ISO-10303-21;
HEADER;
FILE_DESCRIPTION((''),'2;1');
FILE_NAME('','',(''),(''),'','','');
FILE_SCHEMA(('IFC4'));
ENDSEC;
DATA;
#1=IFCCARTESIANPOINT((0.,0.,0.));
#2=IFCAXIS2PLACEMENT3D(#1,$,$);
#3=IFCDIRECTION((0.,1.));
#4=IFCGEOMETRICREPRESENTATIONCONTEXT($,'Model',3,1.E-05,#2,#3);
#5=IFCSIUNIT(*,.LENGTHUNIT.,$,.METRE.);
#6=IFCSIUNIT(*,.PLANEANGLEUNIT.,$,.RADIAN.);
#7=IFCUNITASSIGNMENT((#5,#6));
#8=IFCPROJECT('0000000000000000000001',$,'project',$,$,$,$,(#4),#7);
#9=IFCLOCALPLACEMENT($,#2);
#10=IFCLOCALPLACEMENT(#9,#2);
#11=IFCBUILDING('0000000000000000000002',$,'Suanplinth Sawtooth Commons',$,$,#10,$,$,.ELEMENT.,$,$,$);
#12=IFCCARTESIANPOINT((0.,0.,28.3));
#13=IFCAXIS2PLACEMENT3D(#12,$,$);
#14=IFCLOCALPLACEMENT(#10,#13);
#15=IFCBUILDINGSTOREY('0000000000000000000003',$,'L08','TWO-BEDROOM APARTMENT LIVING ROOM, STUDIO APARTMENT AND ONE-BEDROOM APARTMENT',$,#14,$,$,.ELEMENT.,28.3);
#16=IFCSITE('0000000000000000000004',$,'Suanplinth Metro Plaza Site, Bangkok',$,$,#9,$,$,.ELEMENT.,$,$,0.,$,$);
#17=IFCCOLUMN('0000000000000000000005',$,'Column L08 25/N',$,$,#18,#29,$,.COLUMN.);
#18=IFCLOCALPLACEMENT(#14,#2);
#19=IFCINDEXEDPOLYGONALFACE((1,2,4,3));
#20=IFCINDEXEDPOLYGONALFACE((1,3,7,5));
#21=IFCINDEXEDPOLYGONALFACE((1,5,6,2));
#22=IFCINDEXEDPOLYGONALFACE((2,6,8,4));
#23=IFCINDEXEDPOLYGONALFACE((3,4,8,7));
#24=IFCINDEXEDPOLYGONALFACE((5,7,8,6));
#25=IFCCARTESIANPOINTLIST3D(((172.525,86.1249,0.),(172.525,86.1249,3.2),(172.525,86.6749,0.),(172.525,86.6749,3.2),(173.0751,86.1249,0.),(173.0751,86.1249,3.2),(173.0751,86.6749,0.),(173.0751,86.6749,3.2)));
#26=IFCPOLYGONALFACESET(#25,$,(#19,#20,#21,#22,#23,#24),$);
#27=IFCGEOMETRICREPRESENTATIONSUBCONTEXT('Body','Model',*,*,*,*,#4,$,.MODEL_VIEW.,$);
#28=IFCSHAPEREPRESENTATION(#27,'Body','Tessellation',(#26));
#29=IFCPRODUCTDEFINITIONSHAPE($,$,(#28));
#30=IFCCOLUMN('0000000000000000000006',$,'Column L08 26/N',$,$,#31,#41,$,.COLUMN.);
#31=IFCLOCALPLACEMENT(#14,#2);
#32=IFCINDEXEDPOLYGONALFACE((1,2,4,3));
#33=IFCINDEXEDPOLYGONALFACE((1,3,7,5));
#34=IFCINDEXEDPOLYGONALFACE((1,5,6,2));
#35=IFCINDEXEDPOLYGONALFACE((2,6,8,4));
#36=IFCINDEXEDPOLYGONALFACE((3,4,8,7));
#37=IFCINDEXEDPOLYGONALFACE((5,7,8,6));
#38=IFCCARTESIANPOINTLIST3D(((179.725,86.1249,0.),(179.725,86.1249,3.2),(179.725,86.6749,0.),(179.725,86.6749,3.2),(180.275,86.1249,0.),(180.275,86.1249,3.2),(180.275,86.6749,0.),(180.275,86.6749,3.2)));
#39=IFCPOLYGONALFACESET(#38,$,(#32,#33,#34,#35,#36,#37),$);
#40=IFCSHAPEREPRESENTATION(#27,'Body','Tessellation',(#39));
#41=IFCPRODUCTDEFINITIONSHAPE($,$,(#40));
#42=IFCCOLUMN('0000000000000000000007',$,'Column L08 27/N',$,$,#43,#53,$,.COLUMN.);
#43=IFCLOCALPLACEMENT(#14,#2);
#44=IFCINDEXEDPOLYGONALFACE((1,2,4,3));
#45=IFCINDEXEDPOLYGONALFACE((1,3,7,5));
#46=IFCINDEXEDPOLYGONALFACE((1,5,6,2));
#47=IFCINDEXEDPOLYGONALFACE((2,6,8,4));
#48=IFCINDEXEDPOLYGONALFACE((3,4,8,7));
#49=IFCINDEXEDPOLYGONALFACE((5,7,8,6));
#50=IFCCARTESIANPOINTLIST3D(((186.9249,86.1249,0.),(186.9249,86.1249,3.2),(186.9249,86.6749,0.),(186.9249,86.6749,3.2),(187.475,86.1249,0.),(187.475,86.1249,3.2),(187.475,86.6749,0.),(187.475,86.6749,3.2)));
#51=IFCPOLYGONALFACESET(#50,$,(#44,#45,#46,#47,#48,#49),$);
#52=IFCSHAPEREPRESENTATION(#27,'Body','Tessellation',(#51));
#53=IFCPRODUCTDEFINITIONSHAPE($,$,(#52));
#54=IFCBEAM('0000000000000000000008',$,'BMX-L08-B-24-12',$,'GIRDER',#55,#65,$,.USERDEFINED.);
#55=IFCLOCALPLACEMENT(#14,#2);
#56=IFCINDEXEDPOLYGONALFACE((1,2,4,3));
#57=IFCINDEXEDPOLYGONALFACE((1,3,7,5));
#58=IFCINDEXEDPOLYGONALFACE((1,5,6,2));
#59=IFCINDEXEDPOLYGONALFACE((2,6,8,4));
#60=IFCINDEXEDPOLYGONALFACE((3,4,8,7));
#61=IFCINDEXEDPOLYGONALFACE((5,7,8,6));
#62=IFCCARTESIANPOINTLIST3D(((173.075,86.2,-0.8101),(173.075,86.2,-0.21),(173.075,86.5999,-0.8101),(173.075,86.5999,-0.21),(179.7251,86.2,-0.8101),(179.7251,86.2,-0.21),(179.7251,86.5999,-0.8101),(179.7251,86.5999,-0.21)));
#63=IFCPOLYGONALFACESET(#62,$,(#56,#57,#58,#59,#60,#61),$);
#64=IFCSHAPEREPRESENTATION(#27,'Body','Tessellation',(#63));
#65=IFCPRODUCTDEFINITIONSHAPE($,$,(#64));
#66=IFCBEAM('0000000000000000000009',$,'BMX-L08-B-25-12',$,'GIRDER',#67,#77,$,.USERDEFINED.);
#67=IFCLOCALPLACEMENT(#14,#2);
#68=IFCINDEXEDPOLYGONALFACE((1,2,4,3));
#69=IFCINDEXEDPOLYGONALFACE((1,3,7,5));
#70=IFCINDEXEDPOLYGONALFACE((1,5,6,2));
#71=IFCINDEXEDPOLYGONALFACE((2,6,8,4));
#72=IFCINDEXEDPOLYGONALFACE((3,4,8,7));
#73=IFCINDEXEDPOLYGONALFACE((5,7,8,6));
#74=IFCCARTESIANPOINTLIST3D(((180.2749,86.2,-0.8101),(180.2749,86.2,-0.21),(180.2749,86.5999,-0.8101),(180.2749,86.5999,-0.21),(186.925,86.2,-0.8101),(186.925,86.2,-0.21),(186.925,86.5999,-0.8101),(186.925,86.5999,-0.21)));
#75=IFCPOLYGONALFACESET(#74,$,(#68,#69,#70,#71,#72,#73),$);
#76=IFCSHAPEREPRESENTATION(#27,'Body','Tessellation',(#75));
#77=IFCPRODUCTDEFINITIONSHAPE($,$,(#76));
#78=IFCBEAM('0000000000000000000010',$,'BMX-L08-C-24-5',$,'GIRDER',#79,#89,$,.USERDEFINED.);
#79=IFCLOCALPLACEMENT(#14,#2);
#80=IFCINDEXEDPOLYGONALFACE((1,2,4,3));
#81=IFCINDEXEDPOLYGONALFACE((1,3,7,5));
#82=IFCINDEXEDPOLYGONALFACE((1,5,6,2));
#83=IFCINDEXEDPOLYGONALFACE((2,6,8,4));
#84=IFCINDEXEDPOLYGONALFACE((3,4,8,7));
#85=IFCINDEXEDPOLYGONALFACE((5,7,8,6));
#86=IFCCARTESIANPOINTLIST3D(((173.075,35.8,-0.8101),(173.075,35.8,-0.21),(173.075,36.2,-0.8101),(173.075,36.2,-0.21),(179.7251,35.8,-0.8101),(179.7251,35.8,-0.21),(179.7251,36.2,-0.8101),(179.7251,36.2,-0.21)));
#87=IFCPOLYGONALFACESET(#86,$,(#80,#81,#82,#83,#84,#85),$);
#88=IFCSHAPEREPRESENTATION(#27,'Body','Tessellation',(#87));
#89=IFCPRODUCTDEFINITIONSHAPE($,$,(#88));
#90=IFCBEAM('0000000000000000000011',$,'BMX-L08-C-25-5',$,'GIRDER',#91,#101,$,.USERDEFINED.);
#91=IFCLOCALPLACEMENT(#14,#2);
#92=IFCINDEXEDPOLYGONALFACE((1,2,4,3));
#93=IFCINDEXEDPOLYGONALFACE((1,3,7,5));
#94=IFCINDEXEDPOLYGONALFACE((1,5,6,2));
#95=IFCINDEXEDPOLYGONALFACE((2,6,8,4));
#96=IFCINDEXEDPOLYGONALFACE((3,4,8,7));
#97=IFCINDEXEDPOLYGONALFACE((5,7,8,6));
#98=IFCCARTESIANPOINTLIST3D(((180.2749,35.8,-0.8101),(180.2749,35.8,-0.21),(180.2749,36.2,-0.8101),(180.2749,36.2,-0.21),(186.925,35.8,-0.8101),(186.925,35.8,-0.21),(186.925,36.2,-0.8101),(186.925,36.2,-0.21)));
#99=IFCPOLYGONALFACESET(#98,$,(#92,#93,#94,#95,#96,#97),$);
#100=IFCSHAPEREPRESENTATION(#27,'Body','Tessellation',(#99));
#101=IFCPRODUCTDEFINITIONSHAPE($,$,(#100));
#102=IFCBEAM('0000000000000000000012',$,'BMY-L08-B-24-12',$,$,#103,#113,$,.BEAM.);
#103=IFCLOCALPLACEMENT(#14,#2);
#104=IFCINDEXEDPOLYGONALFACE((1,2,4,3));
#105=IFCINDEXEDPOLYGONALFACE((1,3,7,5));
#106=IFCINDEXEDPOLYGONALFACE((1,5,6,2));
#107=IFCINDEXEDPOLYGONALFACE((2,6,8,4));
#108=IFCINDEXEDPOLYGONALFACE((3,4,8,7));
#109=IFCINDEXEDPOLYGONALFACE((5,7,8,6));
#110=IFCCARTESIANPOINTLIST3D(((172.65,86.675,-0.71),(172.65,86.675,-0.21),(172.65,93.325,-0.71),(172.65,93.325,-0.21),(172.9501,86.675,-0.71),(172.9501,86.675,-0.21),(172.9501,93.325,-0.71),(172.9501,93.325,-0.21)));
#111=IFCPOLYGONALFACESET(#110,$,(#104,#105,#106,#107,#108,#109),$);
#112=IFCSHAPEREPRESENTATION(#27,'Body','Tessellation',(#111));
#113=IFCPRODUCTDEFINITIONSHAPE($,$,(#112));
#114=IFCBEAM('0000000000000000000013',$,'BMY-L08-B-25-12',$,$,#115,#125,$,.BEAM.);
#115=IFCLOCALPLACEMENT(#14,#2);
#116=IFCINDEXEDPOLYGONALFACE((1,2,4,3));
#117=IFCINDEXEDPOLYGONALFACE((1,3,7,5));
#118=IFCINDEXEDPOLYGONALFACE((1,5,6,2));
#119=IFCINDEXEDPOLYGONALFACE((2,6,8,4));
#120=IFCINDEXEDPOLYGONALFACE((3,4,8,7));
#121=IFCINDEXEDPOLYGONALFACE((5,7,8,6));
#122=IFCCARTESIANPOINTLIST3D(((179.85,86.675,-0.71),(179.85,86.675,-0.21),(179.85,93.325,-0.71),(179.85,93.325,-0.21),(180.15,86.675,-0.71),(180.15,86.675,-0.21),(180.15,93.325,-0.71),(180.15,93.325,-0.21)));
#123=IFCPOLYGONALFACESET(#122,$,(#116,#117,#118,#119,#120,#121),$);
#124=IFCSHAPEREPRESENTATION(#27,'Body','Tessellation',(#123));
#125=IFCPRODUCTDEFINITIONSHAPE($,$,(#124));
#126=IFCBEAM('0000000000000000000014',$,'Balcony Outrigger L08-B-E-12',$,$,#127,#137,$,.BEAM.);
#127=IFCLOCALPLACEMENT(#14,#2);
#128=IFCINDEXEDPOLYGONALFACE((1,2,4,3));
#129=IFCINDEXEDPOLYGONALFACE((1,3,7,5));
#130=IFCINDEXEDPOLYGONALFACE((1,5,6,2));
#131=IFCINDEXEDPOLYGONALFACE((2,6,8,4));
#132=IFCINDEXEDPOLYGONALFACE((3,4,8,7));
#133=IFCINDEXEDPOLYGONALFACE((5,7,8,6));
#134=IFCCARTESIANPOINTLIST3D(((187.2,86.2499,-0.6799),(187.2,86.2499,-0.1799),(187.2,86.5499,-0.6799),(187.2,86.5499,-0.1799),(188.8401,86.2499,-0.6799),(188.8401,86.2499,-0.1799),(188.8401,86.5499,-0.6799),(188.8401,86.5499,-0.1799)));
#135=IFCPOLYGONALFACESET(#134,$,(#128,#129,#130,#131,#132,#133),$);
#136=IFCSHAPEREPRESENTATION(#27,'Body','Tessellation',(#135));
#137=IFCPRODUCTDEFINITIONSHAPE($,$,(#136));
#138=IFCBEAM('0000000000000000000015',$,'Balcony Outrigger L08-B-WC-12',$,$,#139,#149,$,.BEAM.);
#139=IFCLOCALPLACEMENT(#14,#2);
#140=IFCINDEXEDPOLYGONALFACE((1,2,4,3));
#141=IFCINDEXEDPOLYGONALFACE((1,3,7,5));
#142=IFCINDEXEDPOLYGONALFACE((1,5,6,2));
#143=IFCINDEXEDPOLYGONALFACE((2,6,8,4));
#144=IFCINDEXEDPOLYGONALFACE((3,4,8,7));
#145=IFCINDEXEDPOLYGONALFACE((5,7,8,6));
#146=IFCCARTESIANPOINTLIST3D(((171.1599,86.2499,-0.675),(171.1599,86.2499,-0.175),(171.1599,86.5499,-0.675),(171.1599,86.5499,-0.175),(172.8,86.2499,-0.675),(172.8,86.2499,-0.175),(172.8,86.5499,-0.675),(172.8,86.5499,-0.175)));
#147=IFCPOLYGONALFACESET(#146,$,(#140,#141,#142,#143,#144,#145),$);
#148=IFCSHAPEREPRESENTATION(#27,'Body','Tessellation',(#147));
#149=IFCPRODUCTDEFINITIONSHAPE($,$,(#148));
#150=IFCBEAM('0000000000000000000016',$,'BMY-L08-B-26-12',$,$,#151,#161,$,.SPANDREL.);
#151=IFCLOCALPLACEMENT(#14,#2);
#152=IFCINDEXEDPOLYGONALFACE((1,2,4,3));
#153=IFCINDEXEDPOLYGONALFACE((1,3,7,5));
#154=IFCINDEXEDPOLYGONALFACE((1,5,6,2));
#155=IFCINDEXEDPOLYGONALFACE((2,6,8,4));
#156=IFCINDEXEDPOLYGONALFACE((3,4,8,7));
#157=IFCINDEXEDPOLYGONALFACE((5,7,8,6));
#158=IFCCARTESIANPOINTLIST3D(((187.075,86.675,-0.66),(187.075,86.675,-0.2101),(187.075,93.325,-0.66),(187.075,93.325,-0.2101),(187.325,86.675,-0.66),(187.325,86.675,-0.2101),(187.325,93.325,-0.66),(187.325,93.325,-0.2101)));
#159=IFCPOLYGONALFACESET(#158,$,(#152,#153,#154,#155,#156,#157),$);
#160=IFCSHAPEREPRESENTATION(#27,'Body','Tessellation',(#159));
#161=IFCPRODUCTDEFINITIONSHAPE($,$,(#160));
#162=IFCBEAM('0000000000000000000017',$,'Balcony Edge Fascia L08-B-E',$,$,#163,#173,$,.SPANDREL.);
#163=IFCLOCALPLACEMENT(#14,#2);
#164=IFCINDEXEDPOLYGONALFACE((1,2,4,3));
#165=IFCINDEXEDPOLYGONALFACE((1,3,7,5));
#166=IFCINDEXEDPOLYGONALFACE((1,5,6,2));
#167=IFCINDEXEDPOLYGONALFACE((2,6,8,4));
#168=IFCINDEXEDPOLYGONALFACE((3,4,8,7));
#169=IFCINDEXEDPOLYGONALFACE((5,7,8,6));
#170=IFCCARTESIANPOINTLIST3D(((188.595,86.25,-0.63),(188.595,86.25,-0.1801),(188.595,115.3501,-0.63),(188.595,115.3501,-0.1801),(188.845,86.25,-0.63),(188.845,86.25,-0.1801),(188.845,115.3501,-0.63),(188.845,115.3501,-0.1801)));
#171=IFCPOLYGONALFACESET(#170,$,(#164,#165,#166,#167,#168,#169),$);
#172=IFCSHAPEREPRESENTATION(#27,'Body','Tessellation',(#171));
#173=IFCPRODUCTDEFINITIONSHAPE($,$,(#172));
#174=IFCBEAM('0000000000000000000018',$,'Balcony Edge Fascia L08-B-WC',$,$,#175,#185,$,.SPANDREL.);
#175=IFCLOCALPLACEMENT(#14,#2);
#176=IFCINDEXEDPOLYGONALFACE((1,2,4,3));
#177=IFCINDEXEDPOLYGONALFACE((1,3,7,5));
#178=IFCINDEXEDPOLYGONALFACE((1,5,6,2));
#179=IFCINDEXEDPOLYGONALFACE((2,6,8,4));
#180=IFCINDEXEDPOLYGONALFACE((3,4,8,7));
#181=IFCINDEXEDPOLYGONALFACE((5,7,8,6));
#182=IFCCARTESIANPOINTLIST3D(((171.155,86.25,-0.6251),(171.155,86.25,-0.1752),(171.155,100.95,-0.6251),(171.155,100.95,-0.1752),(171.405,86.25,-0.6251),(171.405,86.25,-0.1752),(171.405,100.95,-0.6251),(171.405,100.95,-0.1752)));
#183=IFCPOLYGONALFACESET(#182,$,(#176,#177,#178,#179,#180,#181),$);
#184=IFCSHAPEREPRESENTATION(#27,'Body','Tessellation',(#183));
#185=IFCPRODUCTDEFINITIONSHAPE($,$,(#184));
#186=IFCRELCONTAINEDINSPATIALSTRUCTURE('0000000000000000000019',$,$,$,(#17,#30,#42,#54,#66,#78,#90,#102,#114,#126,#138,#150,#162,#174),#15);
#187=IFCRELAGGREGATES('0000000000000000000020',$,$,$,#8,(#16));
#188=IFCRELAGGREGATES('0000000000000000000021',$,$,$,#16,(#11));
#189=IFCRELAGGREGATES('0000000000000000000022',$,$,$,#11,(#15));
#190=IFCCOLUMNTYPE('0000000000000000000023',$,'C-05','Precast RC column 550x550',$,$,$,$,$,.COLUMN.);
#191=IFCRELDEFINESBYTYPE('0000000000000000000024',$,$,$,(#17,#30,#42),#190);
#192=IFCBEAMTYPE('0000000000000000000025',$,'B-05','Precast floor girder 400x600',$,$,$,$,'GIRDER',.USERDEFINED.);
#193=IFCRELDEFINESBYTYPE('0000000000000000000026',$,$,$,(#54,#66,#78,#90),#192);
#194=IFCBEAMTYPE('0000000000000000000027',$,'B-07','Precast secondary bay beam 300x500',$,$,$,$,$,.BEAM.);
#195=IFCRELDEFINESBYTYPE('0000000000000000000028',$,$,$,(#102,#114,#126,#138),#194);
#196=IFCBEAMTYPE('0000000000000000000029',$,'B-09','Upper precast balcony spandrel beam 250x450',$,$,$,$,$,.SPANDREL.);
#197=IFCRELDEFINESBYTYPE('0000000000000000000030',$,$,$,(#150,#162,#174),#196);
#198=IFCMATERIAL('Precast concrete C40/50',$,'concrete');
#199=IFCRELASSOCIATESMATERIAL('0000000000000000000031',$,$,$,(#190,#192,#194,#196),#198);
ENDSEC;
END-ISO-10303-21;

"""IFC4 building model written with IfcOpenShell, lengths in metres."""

from ifc_helpers import new_model, si_unit, direction, frame, origin, origin_2d, place, context, subcontext, project, spatial, rectangle, extrude, material, material_profile, profile_set, type_object, element, save


model = new_model("IFC4")

# Units and contexts
model_context = context("Model", 3, precision=1e-05, world=origin(), true_north=direction((0.0, 1.0)))
body_context = subcontext(model_context, "Body", "Model", "MODEL_VIEW")
ifc_project = project(units=[si_unit("LENGTHUNIT", "METRE"), si_unit("PLANEANGLEUNIT", "RADIAN")], contexts=[model_context])

# Site, building, storey
site_placement = place(None, origin())
site = spatial("IfcSite", under=ifc_project, at=site_placement, Name="Suanplinth Metro Plaza Site, Bangkok", CompositionType="ELEMENT", RefElevation=0.0)
building_placement = place(site_placement, origin())
building = spatial("IfcBuilding", under=site, at=building_placement, Name="Suanplinth Sawtooth Commons", CompositionType="ELEMENT")
storey_placement = place(building_placement, frame((0.0, 0.0, 28.3)))
storey = spatial("IfcBuildingStorey", under=building, at=storey_placement, Name="L08", Description="TWO-BEDROOM APARTMENT LIVING ROOM, STUDIO APARTMENT AND ONE-BEDROOM APARTMENT", CompositionType="ELEMENT", Elevation=28.3)

# Columns
ifc_material_1 = material(Name="Precast concrete C40/50", Category="concrete")
ifc_material_profile_1 = material_profile(ifc_material_1, rectangle(XDim=0.55, YDim=0.55, at=origin_2d()), Name="PC-COL 550x550")
ifc_profile_set_1 = profile_set([ifc_material_profile_1], Name="Precast concrete C40/50")
column_type = type_object("IfcColumnType", Name="C-05", Description="Precast RC column 550x550", PredefinedType="COLUMN", material=ifc_profile_set_1)
for number, where, z_axis, x_axis, name in (
    (1, (172.8, 86.3999, 0.0), (0.0, 0.0, 1.0), (1.0, 0.0, 0.0), "Column L08 25/N"),
    (2, (180.0, 86.3999, 0.0), (0.0, 0.0, 1.0), (1.0, 0.0, 0.0), "Column L08 26/N"),
    (3, (187.2, 86.3999, 0.0), (0.0, 0.0, 1.0), (1.0, 0.0, 0.0), "Column L08 27/N"),
):
    element("IfcColumn", number, at=place(storey_placement, frame(where, z_axis=z_axis, x_axis=x_axis)), inside=storey, type_object=column_type, Name=name, PredefinedType="COLUMN", context=body_context, shape_type="SweptSolid", body=[
        extrude(rectangle(XDim=0.55, YDim=0.55, at=origin_2d()), origin(), (0.0, 0.0, 1.0), 3.2),
    ])

# Beams
ifc_material_profile_2 = material_profile(ifc_material_1, rectangle(XDim=0.3999, YDim=0.6001, at=origin_2d()), Name="PC-GDR 400x600")
ifc_profile_set_2 = profile_set([ifc_material_profile_2], Name="Precast concrete C40/50")
beam_type_1 = type_object("IfcBeamType", Name="B-05", Description="Precast floor girder 400x600", ElementType="GIRDER", PredefinedType="USERDEFINED", material=ifc_profile_set_2)
for number, where, z_axis, x_axis, name in (
    (4, (173.075, 86.3999, -0.51), (1.0, 0.0, 0.0), (0.0, 1.0, 0.0), "BMX-L08-B-24-12"),
    (5, (180.2749, 86.3999, -0.51), (1.0, 0.0, 0.0), (0.0, 1.0, 0.0), "BMX-L08-B-25-12"),
    (6, (173.075, 36.0, -0.51), (1.0, 0.0, 0.0), (0.0, 1.0, 0.0), "BMX-L08-C-24-5"),
    (7, (180.2749, 36.0, -0.51), (1.0, 0.0, 0.0), (0.0, 1.0, 0.0), "BMX-L08-C-25-5"),
):
    element("IfcBeam", number, at=place(storey_placement, frame(where, z_axis=z_axis, x_axis=x_axis)), inside=storey, type_object=beam_type_1, Name=name, ObjectType="GIRDER", PredefinedType="USERDEFINED", context=body_context, shape_type="SweptSolid", body=[
        extrude(rectangle(XDim=0.3999, YDim=0.6001, at=origin_2d()), origin(), (0.0, 0.0, 1.0), 6.6501),
    ])
ifc_material_profile_3 = material_profile(ifc_material_1, rectangle(XDim=0.3, YDim=0.5, at=origin_2d()), Name="PC-BM 300x500")
ifc_profile_set_3 = profile_set([ifc_material_profile_3], Name="Precast concrete C40/50")
beam_type_2 = type_object("IfcBeamType", Name="B-07", Description="Precast secondary bay beam 300x500", PredefinedType="BEAM", material=ifc_profile_set_3)
for number, where, z_axis, x_axis, name in (
    (8, (172.8, 86.675, -0.46), (0.0, 1.0, 0.0), (-1.0, 0.0, 0.0), "BMY-L08-B-24-12"),
    (9, (180.0, 86.675, -0.46), (0.0, 1.0, 0.0), (-1.0, 0.0, 0.0), "BMY-L08-B-25-12"),
):
    element("IfcBeam", number, at=place(storey_placement, frame(where, z_axis=z_axis, x_axis=x_axis)), inside=storey, type_object=beam_type_2, Name=name, PredefinedType="BEAM", context=body_context, shape_type="SweptSolid", body=[
        extrude(rectangle(XDim=0.3, YDim=0.5, at=origin_2d()), origin(), (0.0, 0.0, 1.0), 6.6499),
    ])
for number, where, z_axis, x_axis, name in (
    (10, (187.2, 86.3999, -0.4299), (1.0, 0.0, 0.0), (0.0, 1.0, 0.0), "Balcony Outrigger L08-B-E-12"),
    (11, (172.8, 86.3999, -0.425), (-1.0, 0.0, 0.0), (0.0, -1.0, 0.0), "Balcony Outrigger L08-B-WC-12"),
):
    element("IfcBeam", number, at=place(storey_placement, frame(where, z_axis=z_axis, x_axis=x_axis)), inside=storey, type_object=beam_type_2, Name=name, PredefinedType="BEAM", context=body_context, shape_type="SweptSolid", body=[
        extrude(rectangle(XDim=0.3, YDim=0.5, at=origin_2d()), origin(), (0.0, 0.0, 1.0), 1.6401),
    ])
ifc_material_profile_4 = material_profile(ifc_material_1, rectangle(XDim=0.25, YDim=0.45, at=origin_2d()), Name="PC-SP 250x450")
ifc_profile_set_4 = profile_set([ifc_material_profile_4], Name="Precast concrete C40/50")
beam_type_3 = type_object("IfcBeamType", Name="B-09", Description="Upper precast balcony spandrel beam 250x450", PredefinedType="SPANDREL", material=ifc_profile_set_4)
beam_1_placement = place(storey_placement, frame((187.2, 86.675, -0.4351), z_axis=(0.0, 1.0, 0.0), x_axis=(-1.0, 0.0, 0.0)))
element("IfcBeam", 12, at=beam_1_placement, inside=storey, type_object=beam_type_3, Name="BMY-L08-B-26-12", PredefinedType="SPANDREL", context=body_context, shape_type="SweptSolid", body=[
    extrude(rectangle(XDim=0.25, YDim=0.45, at=origin_2d()), origin(), (0.0, 0.0, 1.0), 6.6499),
])
beam_2_placement = place(storey_placement, frame((188.72, 86.25, -0.405), z_axis=(0.0, 1.0, 0.0), x_axis=(-1.0, 0.0, 0.0)))
element("IfcBeam", 13, at=beam_2_placement, inside=storey, type_object=beam_type_3, Name="Balcony Edge Fascia L08-B-E", PredefinedType="SPANDREL", context=body_context, shape_type="SweptSolid", body=[
    extrude(rectangle(XDim=0.25, YDim=0.45, at=origin_2d()), origin(), (0.0, 0.0, 1.0), 29.1001),
])
beam_3_placement = place(storey_placement, frame((171.28, 86.25, -0.4001), z_axis=(0.0, 1.0, 0.0), x_axis=(-1.0, 0.0, 0.0)))
element("IfcBeam", 14, at=beam_3_placement, inside=storey, type_object=beam_type_3, Name="Balcony Edge Fascia L08-B-WC", PredefinedType="SPANDREL", context=body_context, shape_type="SweptSolid", body=[
    extrude(rectangle(XDim=0.25, YDim=0.45, at=origin_2d()), origin(), (0.0, 0.0, 1.0), 14.7),
])

save(model, "model.ifc")
